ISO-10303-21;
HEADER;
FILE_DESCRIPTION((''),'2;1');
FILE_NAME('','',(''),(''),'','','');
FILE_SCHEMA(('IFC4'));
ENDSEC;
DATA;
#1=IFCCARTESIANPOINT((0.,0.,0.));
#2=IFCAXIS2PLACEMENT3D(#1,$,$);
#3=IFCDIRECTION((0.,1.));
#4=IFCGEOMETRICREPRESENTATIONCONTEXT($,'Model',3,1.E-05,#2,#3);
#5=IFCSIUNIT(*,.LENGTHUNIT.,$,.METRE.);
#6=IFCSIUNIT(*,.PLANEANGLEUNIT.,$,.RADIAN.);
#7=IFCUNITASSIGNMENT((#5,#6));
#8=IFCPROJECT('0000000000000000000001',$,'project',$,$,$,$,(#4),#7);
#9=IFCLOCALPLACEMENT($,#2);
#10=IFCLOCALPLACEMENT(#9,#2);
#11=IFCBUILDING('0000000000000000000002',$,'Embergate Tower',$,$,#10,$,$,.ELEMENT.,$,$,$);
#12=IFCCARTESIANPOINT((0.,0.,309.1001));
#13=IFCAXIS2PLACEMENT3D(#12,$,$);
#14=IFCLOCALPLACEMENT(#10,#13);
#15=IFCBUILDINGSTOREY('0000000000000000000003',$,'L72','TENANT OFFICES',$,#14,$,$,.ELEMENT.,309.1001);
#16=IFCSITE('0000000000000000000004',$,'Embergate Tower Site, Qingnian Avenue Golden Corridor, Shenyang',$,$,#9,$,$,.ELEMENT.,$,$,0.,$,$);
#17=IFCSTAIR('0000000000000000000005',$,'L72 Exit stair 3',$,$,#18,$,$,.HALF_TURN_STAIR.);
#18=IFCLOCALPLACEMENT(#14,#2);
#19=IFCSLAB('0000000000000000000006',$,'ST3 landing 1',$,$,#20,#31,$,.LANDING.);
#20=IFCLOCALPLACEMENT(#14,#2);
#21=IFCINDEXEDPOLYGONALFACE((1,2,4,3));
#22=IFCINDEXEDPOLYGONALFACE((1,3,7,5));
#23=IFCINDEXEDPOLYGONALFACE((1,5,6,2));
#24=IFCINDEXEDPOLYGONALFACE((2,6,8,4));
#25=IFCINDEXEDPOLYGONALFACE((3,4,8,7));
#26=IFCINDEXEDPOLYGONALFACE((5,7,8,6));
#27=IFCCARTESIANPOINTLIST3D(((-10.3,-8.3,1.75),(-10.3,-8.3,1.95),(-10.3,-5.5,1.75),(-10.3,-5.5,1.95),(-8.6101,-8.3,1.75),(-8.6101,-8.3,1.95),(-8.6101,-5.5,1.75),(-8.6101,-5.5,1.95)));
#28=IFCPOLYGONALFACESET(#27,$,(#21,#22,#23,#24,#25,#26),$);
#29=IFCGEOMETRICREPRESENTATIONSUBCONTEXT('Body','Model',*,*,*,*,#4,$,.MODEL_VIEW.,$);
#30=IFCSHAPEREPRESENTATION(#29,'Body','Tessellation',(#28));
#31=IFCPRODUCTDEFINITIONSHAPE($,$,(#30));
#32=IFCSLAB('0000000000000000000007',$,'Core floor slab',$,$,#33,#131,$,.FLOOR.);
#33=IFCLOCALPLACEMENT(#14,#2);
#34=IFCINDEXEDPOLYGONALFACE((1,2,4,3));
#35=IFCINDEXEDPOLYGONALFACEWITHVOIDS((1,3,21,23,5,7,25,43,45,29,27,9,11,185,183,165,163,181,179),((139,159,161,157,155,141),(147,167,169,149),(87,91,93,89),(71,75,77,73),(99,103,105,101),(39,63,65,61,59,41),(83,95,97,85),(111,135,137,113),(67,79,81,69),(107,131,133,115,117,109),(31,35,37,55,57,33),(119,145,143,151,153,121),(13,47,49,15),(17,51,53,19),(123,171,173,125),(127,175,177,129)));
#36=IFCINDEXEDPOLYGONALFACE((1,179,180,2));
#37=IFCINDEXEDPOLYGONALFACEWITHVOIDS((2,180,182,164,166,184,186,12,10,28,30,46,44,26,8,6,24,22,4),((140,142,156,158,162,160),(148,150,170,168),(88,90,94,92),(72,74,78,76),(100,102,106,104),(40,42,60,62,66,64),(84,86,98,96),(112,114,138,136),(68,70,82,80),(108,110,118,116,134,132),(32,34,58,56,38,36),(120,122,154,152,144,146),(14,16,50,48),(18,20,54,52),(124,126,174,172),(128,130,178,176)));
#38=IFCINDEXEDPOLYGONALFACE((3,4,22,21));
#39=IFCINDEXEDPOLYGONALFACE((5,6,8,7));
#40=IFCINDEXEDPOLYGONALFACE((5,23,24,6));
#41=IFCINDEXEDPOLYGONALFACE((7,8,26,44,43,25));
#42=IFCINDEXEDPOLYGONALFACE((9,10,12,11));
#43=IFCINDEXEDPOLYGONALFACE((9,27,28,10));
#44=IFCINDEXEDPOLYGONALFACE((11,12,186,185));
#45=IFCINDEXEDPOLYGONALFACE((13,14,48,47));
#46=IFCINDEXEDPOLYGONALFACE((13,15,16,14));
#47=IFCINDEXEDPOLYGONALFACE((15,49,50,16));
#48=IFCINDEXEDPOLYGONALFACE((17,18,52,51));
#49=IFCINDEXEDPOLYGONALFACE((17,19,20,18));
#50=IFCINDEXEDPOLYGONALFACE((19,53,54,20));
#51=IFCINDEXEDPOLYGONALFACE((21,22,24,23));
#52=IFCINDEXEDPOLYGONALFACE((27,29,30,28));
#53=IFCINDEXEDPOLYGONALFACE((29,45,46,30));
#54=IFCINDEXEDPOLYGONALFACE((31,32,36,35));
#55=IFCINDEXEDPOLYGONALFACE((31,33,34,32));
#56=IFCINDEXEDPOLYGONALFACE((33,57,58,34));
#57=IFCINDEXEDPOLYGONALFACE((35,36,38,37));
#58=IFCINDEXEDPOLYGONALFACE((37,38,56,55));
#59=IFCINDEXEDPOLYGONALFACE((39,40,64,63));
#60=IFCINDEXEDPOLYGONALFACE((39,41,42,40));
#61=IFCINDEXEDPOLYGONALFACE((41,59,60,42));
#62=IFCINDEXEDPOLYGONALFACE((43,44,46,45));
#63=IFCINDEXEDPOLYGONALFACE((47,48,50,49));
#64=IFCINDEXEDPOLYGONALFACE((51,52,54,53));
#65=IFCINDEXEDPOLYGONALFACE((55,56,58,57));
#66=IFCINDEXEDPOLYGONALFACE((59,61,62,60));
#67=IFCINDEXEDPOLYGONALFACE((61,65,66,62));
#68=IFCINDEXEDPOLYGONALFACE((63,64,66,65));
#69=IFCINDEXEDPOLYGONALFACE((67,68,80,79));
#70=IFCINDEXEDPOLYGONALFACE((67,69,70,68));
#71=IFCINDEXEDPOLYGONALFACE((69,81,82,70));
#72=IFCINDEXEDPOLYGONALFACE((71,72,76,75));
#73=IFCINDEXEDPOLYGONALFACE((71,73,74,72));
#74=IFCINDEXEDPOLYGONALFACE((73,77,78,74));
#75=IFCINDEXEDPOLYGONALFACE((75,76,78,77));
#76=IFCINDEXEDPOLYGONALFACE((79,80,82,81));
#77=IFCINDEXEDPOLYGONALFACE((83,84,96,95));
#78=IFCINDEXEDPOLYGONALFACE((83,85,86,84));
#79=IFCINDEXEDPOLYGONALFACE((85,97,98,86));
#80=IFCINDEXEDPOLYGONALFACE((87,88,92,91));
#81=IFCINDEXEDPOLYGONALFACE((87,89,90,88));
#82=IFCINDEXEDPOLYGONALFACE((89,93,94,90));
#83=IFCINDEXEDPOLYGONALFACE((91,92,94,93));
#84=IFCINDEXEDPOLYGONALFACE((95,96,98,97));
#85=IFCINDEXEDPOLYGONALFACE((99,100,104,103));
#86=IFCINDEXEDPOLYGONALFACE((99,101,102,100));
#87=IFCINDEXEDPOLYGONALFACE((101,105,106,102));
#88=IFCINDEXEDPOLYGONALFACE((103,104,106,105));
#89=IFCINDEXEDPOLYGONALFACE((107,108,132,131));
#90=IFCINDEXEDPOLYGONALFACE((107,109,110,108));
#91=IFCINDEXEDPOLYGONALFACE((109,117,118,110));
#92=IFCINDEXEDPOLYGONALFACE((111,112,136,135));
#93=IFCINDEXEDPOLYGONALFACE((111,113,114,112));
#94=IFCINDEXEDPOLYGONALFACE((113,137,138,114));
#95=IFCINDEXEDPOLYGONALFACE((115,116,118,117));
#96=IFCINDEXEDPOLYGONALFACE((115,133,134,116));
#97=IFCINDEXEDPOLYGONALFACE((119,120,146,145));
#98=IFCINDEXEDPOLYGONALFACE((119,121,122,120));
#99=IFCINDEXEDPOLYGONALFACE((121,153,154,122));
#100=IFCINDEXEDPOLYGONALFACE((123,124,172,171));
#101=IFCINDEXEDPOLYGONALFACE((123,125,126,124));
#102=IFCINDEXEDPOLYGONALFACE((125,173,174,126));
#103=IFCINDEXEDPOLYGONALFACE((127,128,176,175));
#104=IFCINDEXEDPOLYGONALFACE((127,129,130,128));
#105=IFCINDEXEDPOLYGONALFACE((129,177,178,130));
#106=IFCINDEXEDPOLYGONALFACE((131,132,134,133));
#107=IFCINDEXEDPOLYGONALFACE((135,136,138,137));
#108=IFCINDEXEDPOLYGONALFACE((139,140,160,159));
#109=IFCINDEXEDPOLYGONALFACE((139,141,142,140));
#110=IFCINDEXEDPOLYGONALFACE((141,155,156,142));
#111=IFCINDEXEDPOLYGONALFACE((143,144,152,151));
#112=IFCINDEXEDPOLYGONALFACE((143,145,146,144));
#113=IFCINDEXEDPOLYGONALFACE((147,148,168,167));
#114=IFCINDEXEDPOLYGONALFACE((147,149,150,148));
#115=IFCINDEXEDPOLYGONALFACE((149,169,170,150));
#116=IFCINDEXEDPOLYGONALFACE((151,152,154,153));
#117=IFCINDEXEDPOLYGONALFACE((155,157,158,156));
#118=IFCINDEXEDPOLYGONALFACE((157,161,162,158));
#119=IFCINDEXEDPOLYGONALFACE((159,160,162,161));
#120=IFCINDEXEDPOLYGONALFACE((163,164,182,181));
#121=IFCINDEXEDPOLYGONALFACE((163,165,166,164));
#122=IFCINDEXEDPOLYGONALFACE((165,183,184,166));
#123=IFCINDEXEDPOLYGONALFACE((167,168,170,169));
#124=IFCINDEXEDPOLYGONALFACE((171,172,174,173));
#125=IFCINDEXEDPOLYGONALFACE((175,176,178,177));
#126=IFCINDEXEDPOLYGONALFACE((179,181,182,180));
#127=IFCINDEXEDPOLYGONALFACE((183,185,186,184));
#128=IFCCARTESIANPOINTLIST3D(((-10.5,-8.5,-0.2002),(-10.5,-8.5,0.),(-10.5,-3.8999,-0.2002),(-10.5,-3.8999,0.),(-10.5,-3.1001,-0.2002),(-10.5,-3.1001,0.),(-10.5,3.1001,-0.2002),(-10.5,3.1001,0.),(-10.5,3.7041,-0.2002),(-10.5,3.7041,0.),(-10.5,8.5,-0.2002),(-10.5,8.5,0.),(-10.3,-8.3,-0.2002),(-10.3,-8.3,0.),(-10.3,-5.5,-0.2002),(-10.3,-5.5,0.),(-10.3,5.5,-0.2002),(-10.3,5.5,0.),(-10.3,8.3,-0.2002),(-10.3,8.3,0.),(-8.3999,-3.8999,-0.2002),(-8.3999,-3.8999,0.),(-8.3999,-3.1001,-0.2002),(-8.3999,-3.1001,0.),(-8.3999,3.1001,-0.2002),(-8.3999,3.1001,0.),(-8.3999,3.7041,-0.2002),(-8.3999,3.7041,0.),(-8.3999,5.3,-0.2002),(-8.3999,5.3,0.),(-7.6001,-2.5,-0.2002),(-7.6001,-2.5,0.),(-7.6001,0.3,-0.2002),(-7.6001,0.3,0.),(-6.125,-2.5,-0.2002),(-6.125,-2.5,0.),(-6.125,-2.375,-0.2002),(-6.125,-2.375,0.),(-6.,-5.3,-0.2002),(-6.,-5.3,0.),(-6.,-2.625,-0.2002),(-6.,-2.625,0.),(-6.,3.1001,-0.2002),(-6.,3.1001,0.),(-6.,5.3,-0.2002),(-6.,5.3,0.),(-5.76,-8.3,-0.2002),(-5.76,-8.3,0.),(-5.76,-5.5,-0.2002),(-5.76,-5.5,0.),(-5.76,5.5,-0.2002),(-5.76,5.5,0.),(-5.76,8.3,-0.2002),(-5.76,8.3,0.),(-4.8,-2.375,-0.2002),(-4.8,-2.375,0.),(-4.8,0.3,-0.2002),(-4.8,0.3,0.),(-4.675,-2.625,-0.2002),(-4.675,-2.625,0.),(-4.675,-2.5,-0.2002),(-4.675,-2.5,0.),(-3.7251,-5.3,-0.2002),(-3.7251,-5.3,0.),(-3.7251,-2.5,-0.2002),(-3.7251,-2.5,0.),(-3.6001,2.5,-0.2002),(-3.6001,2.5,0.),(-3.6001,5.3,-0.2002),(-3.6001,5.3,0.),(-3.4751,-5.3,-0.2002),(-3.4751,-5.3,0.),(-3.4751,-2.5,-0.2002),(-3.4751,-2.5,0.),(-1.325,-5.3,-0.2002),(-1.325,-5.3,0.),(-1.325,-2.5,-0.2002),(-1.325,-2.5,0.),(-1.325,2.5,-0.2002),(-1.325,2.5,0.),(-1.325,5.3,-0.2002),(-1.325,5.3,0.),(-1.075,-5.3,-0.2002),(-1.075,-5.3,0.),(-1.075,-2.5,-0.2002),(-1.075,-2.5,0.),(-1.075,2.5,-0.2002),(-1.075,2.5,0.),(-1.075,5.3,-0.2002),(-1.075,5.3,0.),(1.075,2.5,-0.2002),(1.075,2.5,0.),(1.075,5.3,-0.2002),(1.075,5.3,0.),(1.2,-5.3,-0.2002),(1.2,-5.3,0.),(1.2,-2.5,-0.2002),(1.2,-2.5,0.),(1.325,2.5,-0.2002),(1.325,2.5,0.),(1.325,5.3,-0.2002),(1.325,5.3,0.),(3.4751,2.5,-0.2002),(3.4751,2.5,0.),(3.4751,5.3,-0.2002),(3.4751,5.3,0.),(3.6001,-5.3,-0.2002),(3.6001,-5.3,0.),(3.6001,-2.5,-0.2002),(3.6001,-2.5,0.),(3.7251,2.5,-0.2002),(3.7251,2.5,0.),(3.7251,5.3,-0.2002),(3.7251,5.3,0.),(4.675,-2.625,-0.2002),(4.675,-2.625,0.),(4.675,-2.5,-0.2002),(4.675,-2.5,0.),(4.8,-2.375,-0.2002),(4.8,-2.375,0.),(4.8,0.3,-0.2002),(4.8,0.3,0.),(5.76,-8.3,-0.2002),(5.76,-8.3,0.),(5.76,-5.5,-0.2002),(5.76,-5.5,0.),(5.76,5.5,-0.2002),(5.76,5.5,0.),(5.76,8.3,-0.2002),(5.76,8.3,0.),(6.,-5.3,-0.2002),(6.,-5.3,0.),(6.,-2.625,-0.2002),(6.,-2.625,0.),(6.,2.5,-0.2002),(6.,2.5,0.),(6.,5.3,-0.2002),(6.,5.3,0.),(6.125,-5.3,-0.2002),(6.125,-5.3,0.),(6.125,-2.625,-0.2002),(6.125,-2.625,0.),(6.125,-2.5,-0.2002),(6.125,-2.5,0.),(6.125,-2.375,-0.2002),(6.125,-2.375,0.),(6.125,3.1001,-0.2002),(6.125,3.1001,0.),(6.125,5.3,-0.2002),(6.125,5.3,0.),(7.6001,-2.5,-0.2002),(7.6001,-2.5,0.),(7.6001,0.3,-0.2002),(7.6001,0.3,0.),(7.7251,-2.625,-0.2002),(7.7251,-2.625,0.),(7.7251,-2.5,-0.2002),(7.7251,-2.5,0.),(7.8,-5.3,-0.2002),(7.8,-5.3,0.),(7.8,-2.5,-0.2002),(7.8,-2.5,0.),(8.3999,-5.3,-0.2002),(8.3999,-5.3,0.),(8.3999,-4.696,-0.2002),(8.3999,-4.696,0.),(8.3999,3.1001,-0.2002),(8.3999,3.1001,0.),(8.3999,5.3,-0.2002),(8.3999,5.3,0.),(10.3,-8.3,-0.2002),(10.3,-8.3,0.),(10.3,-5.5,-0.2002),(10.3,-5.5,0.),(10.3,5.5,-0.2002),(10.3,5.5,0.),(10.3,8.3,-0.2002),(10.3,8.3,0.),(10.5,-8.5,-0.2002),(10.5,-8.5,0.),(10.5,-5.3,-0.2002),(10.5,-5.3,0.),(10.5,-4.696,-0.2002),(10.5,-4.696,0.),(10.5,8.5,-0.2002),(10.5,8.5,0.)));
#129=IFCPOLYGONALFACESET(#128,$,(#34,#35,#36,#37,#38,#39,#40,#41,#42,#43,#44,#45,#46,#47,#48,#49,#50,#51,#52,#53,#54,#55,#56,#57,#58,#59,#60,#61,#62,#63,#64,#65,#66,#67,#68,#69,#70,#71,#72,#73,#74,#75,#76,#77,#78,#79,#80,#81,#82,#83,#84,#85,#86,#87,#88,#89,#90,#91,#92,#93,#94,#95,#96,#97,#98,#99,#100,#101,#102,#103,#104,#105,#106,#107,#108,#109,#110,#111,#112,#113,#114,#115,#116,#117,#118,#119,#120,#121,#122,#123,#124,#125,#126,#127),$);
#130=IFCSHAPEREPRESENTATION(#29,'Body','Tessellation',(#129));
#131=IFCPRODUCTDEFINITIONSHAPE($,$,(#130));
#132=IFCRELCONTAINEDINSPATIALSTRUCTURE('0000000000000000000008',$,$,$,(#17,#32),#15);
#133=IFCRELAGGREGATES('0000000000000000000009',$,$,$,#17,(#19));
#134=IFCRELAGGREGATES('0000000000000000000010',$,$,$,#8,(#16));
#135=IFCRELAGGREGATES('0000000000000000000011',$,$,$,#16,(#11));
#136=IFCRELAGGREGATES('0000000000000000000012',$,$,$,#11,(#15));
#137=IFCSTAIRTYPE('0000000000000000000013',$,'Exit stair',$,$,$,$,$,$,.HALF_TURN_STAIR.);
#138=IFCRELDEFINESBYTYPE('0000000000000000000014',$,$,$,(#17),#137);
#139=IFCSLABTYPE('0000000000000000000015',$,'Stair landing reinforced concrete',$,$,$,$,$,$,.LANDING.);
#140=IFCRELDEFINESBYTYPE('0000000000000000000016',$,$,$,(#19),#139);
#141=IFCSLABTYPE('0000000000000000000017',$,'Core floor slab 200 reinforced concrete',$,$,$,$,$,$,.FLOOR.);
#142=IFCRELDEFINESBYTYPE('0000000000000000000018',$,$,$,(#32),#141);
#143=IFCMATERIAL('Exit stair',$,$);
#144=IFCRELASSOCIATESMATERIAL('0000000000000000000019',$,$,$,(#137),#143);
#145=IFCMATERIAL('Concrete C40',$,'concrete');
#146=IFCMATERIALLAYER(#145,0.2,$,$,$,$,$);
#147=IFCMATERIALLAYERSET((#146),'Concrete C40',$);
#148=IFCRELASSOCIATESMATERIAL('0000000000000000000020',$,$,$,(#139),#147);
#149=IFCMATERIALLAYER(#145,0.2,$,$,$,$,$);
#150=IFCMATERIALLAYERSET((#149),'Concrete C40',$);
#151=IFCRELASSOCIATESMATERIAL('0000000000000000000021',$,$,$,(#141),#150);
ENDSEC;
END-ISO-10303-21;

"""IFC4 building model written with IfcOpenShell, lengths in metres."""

from ifc_helpers import new_model, si_unit, direction, frame, origin, place, context, subcontext, project, spatial, polyline, outline, extrude, source, transform, mapped, material, layer, layer_set, type_object, element, aggregate, save


model = new_model("IFC4")

# Units and contexts
model_context = context("Model", 3, precision=1e-05, world=origin(), true_north=direction((0.0, 1.0)))
body_context = subcontext(model_context, "Body", "Model", "MODEL_VIEW")
ifc_project = project(units=[si_unit("LENGTHUNIT", "METRE"), si_unit("PLANEANGLEUNIT", "RADIAN")], contexts=[model_context])

# Site, building, storey
site_placement = place(None, origin())
site = spatial("IfcSite", under=ifc_project, at=site_placement, Name="Embergate Tower Site, Qingnian Avenue Golden Corridor, Shenyang", CompositionType="ELEMENT", RefElevation=0.0)
building_placement = place(site_placement, origin())
building = spatial("IfcBuilding", under=site, at=building_placement, Name="Embergate Tower", CompositionType="ELEMENT")
storey_placement = place(building_placement, frame((0.0, 0.0, 309.1001)))
storey = spatial("IfcBuildingStorey", under=building, at=storey_placement, Name="L72", Description="TENANT OFFICES", CompositionType="ELEMENT", Elevation=309.1001)

# Stair, slab
ifc_material_1 = material(Name="Exit stair")
stair_type = type_object("IfcStairType", Name="Exit stair", PredefinedType="HALF_TURN_STAIR", material=ifc_material_1)
stair_placement = place(storey_placement, origin())
stair = element("IfcStair", 1, at=stair_placement, inside=storey, type_object=stair_type, Name="L72 Exit stair 3", PredefinedType="HALF_TURN_STAIR")
ifc_material_2 = material(Name="Concrete C40", Category="concrete")
ifc_layer_1 = layer(ifc_material_2, 0.2)
ifc_layer_set_1 = layer_set([ifc_layer_1], Name="Concrete C40")
slab_type_1 = type_object("IfcSlabType", Name="Stair landing reinforced concrete", PredefinedType="LANDING", material=ifc_layer_set_1)
shared_shape_1 = source(origin(), body_context, "Body", "SweptSolid", [
    extrude(outline(polyline([(0.0, 0.0), (1.6899, 0.0), (1.6899, 2.8), (0.0, 2.8), (0.0, 0.0)])), origin(), (0.0, 0.0, 1.0), 0.2),
])
slab_1_placement = place(storey_placement, frame((-10.3, -8.3, 1.75)))
slab_1 = element("IfcSlab", 2, at=slab_1_placement, type_object=slab_type_1, Name="ST3 landing 1", PredefinedType="LANDING", context=body_context, shape_type="MappedRepresentation", body=[
    mapped(shared_shape_1, transform((0.0, 0.0, 0.0))),
])
aggregate(stair, [slab_1])

# Slab
ifc_layer_2 = layer(ifc_material_2, 0.2)
ifc_layer_set_2 = layer_set([ifc_layer_2], Name="Concrete C40")
slab_type_2 = type_object("IfcSlabType", Name="Core floor slab 200 reinforced concrete", PredefinedType="FLOOR", material=ifc_layer_set_2)
shared_shape_2 = source(origin(), body_context, "Body", "SweptSolid", [
    extrude(outline(polyline([(0.0, 0.0), (21.0, 0.0), (21.0, 3.2), (18.8999, 3.2), (18.8999, 3.804), (21.0, 3.804), (21.0, 17.0), (0.0, 17.0), (0.0, 12.2041), (2.1001, 12.2041), (2.1001, 13.8), (4.5, 13.8), (4.5, 11.6001), (2.1001, 11.6001), (0.0, 11.6001), (0.0, 5.3999), (2.1001, 5.3999), (2.1001, 4.6001), (0.0, 4.6001), (0.0, 0.0)]), holes=[polyline([(0.2, 0.2), (0.2, 3.0), (4.74, 3.0), (4.74, 0.2), (0.2, 0.2)]), polyline([(16.26, 0.2), (16.26, 3.0), (20.8, 3.0), (20.8, 0.2), (16.26, 0.2)]), polyline([(4.5, 3.2), (4.5, 5.875), (5.825, 5.875), (5.825, 6.0), (6.7749, 6.0), (6.7749, 3.2), (4.5, 3.2)]), polyline([(7.0249, 3.2), (7.0249, 6.0), (9.175, 6.0), (9.175, 3.2), (7.0249, 3.2)]), polyline([(9.425, 3.2), (9.425, 6.0), (11.7, 6.0), (11.7, 3.2), (9.425, 3.2)]), polyline([(14.1001, 3.2), (14.1001, 6.0), (15.175, 6.0), (15.175, 5.875), (16.5, 5.875), (16.5, 3.2), (14.1001, 3.2)]), polyline([(16.625, 3.2), (16.625, 5.875), (18.2251, 5.875), (18.2251, 6.0), (18.3, 6.0), (18.3, 3.2), (16.625, 3.2)]), polyline([(2.8999, 6.0), (2.8999, 8.8), (5.7, 8.8), (5.7, 6.125), (4.375, 6.125), (4.375, 6.0), (2.8999, 6.0)]), polyline([(16.625, 6.0), (16.625, 6.125), (15.3, 6.125), (15.3, 8.8), (18.1001, 8.8), (18.1001, 6.0), (16.625, 6.0)]), polyline([(6.8999, 11.0), (6.8999, 13.8), (9.175, 13.8), (9.175, 11.0), (6.8999, 11.0)]), polyline([(9.425, 11.0), (9.425, 13.8), (11.575, 13.8), (11.575, 11.0), (9.425, 11.0)]), polyline([(11.825, 11.0), (11.825, 13.8), (13.9751, 13.8), (13.9751, 11.0), (11.825, 11.0)]), polyline([(14.2251, 11.0), (14.2251, 13.8), (16.5, 13.8), (16.5, 11.0), (14.2251, 11.0)]), polyline([(16.625, 11.6001), (16.625, 13.8), (18.8999, 13.8), (18.8999, 11.6001), (16.625, 11.6001)]), polyline([(0.2, 14.0), (0.2, 16.8), (4.74, 16.8), (4.74, 14.0), (0.2, 14.0)]), polyline([(16.26, 14.0), (16.26, 16.8), (20.8, 16.8), (20.8, 14.0), (16.26, 14.0)])]), origin(), (0.0, 0.0, 1.0), 0.2002),
])
slab_2_placement = place(storey_placement, frame((-10.5, -8.5, -0.2002)))
element("IfcSlab", 3, at=slab_2_placement, inside=storey, type_object=slab_type_2, Name="Core floor slab", PredefinedType="FLOOR", context=body_context, shape_type="MappedRepresentation", body=[
    mapped(shared_shape_2, transform((0.0, 0.0, 0.0))),
])

save(model, "model.ifc")
